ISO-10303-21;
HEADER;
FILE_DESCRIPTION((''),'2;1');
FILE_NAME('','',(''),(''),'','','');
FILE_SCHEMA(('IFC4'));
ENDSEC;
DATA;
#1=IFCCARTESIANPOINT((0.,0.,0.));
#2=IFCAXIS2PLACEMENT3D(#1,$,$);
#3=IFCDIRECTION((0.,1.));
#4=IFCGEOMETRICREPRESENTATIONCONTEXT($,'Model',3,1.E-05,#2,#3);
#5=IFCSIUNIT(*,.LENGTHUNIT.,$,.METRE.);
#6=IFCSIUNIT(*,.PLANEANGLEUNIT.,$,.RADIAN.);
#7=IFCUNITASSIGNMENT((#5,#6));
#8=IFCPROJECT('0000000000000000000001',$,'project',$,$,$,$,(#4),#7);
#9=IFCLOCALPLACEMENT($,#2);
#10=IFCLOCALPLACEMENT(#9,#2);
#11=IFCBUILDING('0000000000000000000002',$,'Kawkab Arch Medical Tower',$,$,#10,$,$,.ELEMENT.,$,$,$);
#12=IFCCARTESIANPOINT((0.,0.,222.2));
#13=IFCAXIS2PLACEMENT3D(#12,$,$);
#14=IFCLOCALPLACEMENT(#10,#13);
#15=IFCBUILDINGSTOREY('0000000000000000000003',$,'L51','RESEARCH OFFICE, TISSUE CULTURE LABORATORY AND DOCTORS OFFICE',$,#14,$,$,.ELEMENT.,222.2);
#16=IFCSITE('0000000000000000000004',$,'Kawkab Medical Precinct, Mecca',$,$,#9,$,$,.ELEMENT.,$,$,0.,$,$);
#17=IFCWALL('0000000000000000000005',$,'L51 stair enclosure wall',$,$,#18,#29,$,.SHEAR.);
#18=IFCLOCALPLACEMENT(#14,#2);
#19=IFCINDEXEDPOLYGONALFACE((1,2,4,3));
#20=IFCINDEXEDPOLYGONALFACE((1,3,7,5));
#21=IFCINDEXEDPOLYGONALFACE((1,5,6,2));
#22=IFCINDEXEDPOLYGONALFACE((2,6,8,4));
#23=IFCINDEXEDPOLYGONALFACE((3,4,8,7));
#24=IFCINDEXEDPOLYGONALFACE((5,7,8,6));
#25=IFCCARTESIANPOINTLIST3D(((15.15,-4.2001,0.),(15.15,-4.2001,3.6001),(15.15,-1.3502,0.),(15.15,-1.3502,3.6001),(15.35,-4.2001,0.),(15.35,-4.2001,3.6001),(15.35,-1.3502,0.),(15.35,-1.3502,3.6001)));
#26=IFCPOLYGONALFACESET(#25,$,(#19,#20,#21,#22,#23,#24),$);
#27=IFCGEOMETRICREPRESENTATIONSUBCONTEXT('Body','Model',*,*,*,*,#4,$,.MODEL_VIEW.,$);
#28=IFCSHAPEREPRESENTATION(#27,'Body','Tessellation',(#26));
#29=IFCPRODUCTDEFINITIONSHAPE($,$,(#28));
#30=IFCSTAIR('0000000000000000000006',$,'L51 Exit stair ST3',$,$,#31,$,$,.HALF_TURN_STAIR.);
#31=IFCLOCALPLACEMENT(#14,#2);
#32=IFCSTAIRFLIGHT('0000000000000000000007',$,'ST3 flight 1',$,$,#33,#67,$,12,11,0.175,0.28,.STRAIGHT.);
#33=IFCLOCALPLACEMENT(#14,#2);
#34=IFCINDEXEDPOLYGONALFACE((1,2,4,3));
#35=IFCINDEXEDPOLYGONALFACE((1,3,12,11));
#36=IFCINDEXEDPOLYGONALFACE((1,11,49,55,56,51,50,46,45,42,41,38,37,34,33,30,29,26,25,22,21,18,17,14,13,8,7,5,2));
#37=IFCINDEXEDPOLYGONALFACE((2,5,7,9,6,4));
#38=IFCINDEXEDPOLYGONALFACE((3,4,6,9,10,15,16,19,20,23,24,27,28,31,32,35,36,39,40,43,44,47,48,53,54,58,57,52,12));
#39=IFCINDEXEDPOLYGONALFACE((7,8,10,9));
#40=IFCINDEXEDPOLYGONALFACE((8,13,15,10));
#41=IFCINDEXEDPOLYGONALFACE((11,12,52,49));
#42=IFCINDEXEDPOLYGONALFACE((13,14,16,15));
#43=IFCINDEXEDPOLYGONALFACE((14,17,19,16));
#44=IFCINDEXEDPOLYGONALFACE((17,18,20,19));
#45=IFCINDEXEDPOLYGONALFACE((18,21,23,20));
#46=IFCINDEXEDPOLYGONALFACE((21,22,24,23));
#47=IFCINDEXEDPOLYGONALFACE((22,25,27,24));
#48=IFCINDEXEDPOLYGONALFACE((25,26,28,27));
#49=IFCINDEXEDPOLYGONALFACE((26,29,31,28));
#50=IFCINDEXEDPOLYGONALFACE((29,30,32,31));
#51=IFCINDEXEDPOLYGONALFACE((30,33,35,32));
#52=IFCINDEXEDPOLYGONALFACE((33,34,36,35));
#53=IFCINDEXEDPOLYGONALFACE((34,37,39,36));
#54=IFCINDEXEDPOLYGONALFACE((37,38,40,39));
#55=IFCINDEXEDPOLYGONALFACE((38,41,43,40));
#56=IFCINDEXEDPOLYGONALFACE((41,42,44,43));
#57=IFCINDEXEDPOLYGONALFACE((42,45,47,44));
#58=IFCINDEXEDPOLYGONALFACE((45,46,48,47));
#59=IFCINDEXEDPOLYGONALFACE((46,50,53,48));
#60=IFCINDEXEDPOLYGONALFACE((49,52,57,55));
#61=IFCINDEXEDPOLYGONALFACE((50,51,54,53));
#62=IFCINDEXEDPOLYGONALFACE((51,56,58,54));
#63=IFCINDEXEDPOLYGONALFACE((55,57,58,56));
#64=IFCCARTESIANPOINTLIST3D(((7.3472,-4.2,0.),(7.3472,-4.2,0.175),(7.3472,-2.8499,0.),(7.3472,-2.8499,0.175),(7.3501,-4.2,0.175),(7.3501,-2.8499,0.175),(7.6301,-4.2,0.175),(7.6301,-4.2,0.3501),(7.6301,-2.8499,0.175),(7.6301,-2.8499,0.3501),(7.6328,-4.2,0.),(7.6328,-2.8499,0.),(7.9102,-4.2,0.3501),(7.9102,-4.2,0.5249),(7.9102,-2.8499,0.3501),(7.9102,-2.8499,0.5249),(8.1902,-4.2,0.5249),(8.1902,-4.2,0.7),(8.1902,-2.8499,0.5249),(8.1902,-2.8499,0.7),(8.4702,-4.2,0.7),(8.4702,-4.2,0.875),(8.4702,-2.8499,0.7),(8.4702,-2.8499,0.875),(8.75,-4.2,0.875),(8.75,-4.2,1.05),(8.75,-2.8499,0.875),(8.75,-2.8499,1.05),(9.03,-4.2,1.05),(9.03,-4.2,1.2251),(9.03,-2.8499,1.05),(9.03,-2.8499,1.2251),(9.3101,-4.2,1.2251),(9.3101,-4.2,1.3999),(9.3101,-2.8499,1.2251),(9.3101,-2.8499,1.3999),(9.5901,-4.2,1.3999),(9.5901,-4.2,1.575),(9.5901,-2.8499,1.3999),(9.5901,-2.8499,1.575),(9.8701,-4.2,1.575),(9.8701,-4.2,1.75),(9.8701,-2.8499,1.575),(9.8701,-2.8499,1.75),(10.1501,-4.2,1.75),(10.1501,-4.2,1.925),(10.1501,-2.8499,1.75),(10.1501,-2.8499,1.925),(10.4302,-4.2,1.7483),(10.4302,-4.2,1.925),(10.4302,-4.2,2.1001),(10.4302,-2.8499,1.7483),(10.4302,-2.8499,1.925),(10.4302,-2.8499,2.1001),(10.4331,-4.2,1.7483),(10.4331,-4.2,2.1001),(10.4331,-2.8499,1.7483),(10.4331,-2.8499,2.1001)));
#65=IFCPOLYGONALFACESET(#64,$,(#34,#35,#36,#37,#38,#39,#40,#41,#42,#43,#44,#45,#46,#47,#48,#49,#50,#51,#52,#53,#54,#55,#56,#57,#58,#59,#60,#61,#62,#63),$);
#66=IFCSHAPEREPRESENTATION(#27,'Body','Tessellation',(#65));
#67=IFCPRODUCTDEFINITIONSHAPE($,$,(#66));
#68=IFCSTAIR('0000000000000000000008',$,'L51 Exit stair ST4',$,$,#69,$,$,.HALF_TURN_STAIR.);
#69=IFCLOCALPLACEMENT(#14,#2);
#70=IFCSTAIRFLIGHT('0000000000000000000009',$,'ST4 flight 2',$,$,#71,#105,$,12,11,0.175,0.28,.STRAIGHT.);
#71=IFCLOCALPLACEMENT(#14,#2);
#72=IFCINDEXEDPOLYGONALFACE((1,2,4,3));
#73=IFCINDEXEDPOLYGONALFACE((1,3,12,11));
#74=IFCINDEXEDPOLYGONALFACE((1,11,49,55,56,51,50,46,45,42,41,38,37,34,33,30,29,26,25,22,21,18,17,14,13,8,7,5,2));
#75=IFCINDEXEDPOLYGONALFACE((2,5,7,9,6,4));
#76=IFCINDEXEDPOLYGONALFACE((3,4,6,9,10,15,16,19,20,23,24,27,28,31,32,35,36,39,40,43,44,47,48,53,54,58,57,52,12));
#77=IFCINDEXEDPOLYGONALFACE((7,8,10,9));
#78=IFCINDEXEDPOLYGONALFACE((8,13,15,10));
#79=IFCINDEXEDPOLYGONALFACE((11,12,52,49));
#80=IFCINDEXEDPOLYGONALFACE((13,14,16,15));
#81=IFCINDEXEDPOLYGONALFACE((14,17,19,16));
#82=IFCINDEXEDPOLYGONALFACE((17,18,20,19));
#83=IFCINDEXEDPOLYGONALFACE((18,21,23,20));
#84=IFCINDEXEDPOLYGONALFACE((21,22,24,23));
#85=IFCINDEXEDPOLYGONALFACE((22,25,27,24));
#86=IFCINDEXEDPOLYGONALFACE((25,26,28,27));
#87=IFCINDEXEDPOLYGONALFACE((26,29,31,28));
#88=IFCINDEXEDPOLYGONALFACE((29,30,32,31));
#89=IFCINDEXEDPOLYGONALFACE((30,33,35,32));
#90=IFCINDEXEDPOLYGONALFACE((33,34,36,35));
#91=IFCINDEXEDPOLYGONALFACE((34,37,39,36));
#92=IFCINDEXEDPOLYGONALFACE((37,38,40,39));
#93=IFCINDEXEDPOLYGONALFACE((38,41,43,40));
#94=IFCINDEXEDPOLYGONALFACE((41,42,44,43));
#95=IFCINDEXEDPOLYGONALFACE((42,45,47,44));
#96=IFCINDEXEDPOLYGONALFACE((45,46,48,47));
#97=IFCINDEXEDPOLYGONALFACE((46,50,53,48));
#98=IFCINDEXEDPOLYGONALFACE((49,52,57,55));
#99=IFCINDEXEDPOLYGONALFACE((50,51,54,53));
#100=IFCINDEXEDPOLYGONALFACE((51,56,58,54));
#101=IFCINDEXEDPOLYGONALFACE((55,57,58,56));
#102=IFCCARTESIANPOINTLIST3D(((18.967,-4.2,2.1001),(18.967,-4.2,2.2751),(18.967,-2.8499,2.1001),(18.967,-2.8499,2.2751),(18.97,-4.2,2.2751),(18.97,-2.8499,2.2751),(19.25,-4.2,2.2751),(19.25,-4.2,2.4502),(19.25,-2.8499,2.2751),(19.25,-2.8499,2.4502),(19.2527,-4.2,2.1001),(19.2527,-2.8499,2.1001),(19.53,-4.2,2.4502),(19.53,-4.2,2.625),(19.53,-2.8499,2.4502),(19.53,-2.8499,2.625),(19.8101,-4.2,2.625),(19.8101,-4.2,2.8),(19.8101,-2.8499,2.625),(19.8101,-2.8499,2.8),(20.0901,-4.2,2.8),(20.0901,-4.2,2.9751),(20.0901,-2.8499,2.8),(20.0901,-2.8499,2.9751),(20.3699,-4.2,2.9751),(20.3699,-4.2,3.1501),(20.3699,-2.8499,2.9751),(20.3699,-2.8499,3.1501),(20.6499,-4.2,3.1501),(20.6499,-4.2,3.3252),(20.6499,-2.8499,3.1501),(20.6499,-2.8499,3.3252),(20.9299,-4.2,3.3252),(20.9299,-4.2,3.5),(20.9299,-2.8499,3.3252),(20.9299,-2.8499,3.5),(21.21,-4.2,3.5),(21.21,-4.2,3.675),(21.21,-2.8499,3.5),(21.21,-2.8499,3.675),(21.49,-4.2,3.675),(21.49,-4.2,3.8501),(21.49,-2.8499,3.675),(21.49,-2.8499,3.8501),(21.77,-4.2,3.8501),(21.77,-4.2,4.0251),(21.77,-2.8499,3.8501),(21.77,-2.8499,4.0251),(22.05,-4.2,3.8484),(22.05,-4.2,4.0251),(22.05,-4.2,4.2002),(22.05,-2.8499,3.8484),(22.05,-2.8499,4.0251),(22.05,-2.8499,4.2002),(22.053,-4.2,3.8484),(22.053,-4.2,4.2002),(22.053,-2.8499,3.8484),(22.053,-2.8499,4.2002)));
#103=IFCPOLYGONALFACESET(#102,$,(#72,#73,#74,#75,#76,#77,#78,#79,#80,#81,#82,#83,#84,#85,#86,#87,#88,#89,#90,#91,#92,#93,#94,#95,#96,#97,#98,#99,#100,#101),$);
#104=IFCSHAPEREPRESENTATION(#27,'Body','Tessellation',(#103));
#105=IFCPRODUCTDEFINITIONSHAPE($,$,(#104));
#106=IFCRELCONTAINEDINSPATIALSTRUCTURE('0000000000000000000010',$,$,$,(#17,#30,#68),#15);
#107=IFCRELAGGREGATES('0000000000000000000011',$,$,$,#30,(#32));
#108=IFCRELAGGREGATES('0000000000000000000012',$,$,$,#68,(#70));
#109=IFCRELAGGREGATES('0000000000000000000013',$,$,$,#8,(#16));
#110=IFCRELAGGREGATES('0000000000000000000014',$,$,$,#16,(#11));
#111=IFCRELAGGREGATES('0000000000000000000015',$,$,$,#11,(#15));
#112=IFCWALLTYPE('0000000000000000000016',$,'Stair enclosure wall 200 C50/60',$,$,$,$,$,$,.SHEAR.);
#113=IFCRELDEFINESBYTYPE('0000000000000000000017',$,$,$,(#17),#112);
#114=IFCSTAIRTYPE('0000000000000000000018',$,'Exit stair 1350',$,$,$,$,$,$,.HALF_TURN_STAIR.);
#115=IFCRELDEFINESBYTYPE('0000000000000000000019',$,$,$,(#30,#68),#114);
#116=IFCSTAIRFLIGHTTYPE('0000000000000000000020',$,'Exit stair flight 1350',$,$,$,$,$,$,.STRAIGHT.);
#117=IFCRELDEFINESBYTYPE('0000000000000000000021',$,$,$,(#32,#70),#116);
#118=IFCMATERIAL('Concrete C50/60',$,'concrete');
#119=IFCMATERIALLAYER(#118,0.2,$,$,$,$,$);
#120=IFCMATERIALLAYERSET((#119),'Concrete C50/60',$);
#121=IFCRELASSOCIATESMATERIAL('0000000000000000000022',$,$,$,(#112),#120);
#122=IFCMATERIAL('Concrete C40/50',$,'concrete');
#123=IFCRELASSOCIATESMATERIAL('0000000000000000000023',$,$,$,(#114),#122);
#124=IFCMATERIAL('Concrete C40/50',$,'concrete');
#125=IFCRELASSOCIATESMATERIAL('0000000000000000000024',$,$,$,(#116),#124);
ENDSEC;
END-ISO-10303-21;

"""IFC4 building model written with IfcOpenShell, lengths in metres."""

from ifc_helpers import new_model, si_unit, direction, frame, frame_2d, origin, place, context, subcontext, project, spatial, polyline, rectangle, outline, extrude, material, layer, layer_set, type_object, element, aggregate, save


model = new_model("IFC4")

# Units and contexts
model_context = context("Model", 3, precision=1e-05, world=origin(), true_north=direction((0.0, 1.0)))
body_context = subcontext(model_context, "Body", "Model", "MODEL_VIEW")
ifc_project = project(units=[si_unit("LENGTHUNIT", "METRE"), si_unit("PLANEANGLEUNIT", "RADIAN")], contexts=[model_context])

# Site, building, storey
site_placement = place(None, origin())
site = spatial("IfcSite", under=ifc_project, at=site_placement, Name="Kawkab Medical Precinct, Mecca", CompositionType="ELEMENT", RefElevation=0.0)
building_placement = place(site_placement, origin())
building = spatial("IfcBuilding", under=site, at=building_placement, Name="Kawkab Arch Medical Tower", CompositionType="ELEMENT")
storey_placement = place(building_placement, frame((0.0, 0.0, 222.2)))
storey = spatial("IfcBuildingStorey", under=building, at=storey_placement, Name="L51", Description="RESEARCH OFFICE, TISSUE CULTURE LABORATORY AND DOCTORS OFFICE", CompositionType="ELEMENT", Elevation=222.2)

# Wall
ifc_material_1 = material(Name="Concrete C50/60", Category="concrete")
ifc_layer_1 = layer(ifc_material_1, 0.2)
ifc_layer_set_1 = layer_set([ifc_layer_1], Name="Concrete C50/60")
wall_type_1 = type_object("IfcWallType", Name="Stair enclosure wall 200 C50/60", PredefinedType="SHEAR", material=ifc_layer_set_1)
for number, where, z_axis, x_axis, name in (
    (1, (15.25, -4.2, 0.0), (0.0, 0.0, 1.0), (0.0, 1.0, 0.0), "L51 stair enclosure wall"),
):
    element("IfcWall", number, at=place(storey_placement, frame(where, z_axis=z_axis, x_axis=x_axis)), inside=storey, type_object=wall_type_1, Name=name, PredefinedType="SHEAR", context=body_context, shape_type="SweptSolid", body=[
        extrude(rectangle(XDim=2.8499, YDim=0.2, at=frame_2d((1.4248, 0.0))), origin(), (0.0, 0.0, 1.0), 3.6001),
    ])

# Stairs, stair flights
ifc_material_2 = material(Name="Concrete C40/50", Category="concrete")
stair_type = type_object("IfcStairType", Name="Exit stair 1350", PredefinedType="HALF_TURN_STAIR", material=ifc_material_2)
placement = place(storey_placement, origin())
stair_1 = element("IfcStair", 2, at=placement, inside=storey, type_object=stair_type, Name="L51 Exit stair ST3", PredefinedType="HALF_TURN_STAIR")
ifc_material_3 = material(Name="Concrete C40/50", Category="concrete")
stair_flight_type = type_object("IfcStairFlightType", Name="Exit stair flight 1350", PredefinedType="STRAIGHT", material=ifc_material_3)
stair_flight_1_placement = place(storey_placement, frame((7.3501, -3.5249, 0.0), z_axis=(0.0, 0.0, 1.0), x_axis=(1.0, 0.0, 0.0)))
stair_flight_1 = element("IfcStairFlight", 3, at=stair_flight_1_placement, type_object=stair_flight_type, Name="ST3 flight 1", NumberOfRisers=12, NumberOfTreads=11, PredefinedType="STRAIGHT", RiserHeight=0.175, TreadLength=0.28, context=body_context, shape_type="SweptSolid", body=[
    extrude(outline(polyline([(-0.0029, 0.0), (-0.0029, 0.175), (0.0, 0.175), (0.28, 0.175), (0.28, 0.3501), (0.5601, 0.3501), (0.5601, 0.5249), (0.8401, 0.5249), (0.8401, 0.7), (1.1201, 0.7), (1.1201, 0.875), (1.3999, 0.875), (1.3999, 1.05), (1.6799, 1.05), (1.6799, 1.2251), (1.96, 1.2251), (1.96, 1.3999), (2.24, 1.3999), (2.24, 1.575), (2.52, 1.575), (2.52, 1.75), (2.8, 1.75), (2.8, 1.925), (3.0801, 1.925), (3.0801, 2.1001), (3.083, 2.1001), (3.083, 1.7483), (3.0801, 1.7483), (0.2827, 0.0), (-0.0029, 0.0)])), frame((0.0, 0.675, 0.0), z_axis=(0.0, -1.0, 0.0), x_axis=(1.0, 0.0, 0.0)), (0.0, 0.0, 1.0), 1.3501),
])
aggregate(stair_1, [stair_flight_1])
stair_2 = element("IfcStair", 4, at=placement, inside=storey, type_object=stair_type, Name="L51 Exit stair ST4", PredefinedType="HALF_TURN_STAIR")
stair_flight_2_placement = place(storey_placement, frame((18.97, -3.5249, 2.1001), z_axis=(0.0, 0.0, 1.0), x_axis=(1.0, 0.0, 0.0)))
stair_flight_2 = element("IfcStairFlight", 5, at=stair_flight_2_placement, type_object=stair_flight_type, Name="ST4 flight 2", NumberOfRisers=12, NumberOfTreads=11, PredefinedType="STRAIGHT", RiserHeight=0.175, TreadLength=0.28, context=body_context, shape_type="SweptSolid", body=[
    extrude(outline(polyline([(-0.0029, 0.0), (-0.0029, 0.175), (0.0, 0.175), (0.28, 0.175), (0.28, 0.3501), (0.5601, 0.3501), (0.5601, 0.5249), (0.8401, 0.5249), (0.8401, 0.7), (1.1201, 0.7), (1.1201, 0.875), (1.3999, 0.875), (1.3999, 1.05), (1.6799, 1.05), (1.6799, 1.2251), (1.96, 1.2251), (1.96, 1.3999), (2.24, 1.3999), (2.24, 1.575), (2.52, 1.575), (2.52, 1.75), (2.8, 1.75), (2.8, 1.925), (3.0801, 1.925), (3.0801, 2.1001), (3.083, 2.1001), (3.083, 1.7483), (3.0801, 1.7483), (0.2827, 0.0), (-0.0029, 0.0)])), frame((0.0, 0.675, 0.0), z_axis=(0.0, -1.0, 0.0), x_axis=(1.0, 0.0, 0.0)), (0.0, 0.0, 1.0), 1.3501),
])
aggregate(stair_2, [stair_flight_2])

save(model, "model.ifc")
